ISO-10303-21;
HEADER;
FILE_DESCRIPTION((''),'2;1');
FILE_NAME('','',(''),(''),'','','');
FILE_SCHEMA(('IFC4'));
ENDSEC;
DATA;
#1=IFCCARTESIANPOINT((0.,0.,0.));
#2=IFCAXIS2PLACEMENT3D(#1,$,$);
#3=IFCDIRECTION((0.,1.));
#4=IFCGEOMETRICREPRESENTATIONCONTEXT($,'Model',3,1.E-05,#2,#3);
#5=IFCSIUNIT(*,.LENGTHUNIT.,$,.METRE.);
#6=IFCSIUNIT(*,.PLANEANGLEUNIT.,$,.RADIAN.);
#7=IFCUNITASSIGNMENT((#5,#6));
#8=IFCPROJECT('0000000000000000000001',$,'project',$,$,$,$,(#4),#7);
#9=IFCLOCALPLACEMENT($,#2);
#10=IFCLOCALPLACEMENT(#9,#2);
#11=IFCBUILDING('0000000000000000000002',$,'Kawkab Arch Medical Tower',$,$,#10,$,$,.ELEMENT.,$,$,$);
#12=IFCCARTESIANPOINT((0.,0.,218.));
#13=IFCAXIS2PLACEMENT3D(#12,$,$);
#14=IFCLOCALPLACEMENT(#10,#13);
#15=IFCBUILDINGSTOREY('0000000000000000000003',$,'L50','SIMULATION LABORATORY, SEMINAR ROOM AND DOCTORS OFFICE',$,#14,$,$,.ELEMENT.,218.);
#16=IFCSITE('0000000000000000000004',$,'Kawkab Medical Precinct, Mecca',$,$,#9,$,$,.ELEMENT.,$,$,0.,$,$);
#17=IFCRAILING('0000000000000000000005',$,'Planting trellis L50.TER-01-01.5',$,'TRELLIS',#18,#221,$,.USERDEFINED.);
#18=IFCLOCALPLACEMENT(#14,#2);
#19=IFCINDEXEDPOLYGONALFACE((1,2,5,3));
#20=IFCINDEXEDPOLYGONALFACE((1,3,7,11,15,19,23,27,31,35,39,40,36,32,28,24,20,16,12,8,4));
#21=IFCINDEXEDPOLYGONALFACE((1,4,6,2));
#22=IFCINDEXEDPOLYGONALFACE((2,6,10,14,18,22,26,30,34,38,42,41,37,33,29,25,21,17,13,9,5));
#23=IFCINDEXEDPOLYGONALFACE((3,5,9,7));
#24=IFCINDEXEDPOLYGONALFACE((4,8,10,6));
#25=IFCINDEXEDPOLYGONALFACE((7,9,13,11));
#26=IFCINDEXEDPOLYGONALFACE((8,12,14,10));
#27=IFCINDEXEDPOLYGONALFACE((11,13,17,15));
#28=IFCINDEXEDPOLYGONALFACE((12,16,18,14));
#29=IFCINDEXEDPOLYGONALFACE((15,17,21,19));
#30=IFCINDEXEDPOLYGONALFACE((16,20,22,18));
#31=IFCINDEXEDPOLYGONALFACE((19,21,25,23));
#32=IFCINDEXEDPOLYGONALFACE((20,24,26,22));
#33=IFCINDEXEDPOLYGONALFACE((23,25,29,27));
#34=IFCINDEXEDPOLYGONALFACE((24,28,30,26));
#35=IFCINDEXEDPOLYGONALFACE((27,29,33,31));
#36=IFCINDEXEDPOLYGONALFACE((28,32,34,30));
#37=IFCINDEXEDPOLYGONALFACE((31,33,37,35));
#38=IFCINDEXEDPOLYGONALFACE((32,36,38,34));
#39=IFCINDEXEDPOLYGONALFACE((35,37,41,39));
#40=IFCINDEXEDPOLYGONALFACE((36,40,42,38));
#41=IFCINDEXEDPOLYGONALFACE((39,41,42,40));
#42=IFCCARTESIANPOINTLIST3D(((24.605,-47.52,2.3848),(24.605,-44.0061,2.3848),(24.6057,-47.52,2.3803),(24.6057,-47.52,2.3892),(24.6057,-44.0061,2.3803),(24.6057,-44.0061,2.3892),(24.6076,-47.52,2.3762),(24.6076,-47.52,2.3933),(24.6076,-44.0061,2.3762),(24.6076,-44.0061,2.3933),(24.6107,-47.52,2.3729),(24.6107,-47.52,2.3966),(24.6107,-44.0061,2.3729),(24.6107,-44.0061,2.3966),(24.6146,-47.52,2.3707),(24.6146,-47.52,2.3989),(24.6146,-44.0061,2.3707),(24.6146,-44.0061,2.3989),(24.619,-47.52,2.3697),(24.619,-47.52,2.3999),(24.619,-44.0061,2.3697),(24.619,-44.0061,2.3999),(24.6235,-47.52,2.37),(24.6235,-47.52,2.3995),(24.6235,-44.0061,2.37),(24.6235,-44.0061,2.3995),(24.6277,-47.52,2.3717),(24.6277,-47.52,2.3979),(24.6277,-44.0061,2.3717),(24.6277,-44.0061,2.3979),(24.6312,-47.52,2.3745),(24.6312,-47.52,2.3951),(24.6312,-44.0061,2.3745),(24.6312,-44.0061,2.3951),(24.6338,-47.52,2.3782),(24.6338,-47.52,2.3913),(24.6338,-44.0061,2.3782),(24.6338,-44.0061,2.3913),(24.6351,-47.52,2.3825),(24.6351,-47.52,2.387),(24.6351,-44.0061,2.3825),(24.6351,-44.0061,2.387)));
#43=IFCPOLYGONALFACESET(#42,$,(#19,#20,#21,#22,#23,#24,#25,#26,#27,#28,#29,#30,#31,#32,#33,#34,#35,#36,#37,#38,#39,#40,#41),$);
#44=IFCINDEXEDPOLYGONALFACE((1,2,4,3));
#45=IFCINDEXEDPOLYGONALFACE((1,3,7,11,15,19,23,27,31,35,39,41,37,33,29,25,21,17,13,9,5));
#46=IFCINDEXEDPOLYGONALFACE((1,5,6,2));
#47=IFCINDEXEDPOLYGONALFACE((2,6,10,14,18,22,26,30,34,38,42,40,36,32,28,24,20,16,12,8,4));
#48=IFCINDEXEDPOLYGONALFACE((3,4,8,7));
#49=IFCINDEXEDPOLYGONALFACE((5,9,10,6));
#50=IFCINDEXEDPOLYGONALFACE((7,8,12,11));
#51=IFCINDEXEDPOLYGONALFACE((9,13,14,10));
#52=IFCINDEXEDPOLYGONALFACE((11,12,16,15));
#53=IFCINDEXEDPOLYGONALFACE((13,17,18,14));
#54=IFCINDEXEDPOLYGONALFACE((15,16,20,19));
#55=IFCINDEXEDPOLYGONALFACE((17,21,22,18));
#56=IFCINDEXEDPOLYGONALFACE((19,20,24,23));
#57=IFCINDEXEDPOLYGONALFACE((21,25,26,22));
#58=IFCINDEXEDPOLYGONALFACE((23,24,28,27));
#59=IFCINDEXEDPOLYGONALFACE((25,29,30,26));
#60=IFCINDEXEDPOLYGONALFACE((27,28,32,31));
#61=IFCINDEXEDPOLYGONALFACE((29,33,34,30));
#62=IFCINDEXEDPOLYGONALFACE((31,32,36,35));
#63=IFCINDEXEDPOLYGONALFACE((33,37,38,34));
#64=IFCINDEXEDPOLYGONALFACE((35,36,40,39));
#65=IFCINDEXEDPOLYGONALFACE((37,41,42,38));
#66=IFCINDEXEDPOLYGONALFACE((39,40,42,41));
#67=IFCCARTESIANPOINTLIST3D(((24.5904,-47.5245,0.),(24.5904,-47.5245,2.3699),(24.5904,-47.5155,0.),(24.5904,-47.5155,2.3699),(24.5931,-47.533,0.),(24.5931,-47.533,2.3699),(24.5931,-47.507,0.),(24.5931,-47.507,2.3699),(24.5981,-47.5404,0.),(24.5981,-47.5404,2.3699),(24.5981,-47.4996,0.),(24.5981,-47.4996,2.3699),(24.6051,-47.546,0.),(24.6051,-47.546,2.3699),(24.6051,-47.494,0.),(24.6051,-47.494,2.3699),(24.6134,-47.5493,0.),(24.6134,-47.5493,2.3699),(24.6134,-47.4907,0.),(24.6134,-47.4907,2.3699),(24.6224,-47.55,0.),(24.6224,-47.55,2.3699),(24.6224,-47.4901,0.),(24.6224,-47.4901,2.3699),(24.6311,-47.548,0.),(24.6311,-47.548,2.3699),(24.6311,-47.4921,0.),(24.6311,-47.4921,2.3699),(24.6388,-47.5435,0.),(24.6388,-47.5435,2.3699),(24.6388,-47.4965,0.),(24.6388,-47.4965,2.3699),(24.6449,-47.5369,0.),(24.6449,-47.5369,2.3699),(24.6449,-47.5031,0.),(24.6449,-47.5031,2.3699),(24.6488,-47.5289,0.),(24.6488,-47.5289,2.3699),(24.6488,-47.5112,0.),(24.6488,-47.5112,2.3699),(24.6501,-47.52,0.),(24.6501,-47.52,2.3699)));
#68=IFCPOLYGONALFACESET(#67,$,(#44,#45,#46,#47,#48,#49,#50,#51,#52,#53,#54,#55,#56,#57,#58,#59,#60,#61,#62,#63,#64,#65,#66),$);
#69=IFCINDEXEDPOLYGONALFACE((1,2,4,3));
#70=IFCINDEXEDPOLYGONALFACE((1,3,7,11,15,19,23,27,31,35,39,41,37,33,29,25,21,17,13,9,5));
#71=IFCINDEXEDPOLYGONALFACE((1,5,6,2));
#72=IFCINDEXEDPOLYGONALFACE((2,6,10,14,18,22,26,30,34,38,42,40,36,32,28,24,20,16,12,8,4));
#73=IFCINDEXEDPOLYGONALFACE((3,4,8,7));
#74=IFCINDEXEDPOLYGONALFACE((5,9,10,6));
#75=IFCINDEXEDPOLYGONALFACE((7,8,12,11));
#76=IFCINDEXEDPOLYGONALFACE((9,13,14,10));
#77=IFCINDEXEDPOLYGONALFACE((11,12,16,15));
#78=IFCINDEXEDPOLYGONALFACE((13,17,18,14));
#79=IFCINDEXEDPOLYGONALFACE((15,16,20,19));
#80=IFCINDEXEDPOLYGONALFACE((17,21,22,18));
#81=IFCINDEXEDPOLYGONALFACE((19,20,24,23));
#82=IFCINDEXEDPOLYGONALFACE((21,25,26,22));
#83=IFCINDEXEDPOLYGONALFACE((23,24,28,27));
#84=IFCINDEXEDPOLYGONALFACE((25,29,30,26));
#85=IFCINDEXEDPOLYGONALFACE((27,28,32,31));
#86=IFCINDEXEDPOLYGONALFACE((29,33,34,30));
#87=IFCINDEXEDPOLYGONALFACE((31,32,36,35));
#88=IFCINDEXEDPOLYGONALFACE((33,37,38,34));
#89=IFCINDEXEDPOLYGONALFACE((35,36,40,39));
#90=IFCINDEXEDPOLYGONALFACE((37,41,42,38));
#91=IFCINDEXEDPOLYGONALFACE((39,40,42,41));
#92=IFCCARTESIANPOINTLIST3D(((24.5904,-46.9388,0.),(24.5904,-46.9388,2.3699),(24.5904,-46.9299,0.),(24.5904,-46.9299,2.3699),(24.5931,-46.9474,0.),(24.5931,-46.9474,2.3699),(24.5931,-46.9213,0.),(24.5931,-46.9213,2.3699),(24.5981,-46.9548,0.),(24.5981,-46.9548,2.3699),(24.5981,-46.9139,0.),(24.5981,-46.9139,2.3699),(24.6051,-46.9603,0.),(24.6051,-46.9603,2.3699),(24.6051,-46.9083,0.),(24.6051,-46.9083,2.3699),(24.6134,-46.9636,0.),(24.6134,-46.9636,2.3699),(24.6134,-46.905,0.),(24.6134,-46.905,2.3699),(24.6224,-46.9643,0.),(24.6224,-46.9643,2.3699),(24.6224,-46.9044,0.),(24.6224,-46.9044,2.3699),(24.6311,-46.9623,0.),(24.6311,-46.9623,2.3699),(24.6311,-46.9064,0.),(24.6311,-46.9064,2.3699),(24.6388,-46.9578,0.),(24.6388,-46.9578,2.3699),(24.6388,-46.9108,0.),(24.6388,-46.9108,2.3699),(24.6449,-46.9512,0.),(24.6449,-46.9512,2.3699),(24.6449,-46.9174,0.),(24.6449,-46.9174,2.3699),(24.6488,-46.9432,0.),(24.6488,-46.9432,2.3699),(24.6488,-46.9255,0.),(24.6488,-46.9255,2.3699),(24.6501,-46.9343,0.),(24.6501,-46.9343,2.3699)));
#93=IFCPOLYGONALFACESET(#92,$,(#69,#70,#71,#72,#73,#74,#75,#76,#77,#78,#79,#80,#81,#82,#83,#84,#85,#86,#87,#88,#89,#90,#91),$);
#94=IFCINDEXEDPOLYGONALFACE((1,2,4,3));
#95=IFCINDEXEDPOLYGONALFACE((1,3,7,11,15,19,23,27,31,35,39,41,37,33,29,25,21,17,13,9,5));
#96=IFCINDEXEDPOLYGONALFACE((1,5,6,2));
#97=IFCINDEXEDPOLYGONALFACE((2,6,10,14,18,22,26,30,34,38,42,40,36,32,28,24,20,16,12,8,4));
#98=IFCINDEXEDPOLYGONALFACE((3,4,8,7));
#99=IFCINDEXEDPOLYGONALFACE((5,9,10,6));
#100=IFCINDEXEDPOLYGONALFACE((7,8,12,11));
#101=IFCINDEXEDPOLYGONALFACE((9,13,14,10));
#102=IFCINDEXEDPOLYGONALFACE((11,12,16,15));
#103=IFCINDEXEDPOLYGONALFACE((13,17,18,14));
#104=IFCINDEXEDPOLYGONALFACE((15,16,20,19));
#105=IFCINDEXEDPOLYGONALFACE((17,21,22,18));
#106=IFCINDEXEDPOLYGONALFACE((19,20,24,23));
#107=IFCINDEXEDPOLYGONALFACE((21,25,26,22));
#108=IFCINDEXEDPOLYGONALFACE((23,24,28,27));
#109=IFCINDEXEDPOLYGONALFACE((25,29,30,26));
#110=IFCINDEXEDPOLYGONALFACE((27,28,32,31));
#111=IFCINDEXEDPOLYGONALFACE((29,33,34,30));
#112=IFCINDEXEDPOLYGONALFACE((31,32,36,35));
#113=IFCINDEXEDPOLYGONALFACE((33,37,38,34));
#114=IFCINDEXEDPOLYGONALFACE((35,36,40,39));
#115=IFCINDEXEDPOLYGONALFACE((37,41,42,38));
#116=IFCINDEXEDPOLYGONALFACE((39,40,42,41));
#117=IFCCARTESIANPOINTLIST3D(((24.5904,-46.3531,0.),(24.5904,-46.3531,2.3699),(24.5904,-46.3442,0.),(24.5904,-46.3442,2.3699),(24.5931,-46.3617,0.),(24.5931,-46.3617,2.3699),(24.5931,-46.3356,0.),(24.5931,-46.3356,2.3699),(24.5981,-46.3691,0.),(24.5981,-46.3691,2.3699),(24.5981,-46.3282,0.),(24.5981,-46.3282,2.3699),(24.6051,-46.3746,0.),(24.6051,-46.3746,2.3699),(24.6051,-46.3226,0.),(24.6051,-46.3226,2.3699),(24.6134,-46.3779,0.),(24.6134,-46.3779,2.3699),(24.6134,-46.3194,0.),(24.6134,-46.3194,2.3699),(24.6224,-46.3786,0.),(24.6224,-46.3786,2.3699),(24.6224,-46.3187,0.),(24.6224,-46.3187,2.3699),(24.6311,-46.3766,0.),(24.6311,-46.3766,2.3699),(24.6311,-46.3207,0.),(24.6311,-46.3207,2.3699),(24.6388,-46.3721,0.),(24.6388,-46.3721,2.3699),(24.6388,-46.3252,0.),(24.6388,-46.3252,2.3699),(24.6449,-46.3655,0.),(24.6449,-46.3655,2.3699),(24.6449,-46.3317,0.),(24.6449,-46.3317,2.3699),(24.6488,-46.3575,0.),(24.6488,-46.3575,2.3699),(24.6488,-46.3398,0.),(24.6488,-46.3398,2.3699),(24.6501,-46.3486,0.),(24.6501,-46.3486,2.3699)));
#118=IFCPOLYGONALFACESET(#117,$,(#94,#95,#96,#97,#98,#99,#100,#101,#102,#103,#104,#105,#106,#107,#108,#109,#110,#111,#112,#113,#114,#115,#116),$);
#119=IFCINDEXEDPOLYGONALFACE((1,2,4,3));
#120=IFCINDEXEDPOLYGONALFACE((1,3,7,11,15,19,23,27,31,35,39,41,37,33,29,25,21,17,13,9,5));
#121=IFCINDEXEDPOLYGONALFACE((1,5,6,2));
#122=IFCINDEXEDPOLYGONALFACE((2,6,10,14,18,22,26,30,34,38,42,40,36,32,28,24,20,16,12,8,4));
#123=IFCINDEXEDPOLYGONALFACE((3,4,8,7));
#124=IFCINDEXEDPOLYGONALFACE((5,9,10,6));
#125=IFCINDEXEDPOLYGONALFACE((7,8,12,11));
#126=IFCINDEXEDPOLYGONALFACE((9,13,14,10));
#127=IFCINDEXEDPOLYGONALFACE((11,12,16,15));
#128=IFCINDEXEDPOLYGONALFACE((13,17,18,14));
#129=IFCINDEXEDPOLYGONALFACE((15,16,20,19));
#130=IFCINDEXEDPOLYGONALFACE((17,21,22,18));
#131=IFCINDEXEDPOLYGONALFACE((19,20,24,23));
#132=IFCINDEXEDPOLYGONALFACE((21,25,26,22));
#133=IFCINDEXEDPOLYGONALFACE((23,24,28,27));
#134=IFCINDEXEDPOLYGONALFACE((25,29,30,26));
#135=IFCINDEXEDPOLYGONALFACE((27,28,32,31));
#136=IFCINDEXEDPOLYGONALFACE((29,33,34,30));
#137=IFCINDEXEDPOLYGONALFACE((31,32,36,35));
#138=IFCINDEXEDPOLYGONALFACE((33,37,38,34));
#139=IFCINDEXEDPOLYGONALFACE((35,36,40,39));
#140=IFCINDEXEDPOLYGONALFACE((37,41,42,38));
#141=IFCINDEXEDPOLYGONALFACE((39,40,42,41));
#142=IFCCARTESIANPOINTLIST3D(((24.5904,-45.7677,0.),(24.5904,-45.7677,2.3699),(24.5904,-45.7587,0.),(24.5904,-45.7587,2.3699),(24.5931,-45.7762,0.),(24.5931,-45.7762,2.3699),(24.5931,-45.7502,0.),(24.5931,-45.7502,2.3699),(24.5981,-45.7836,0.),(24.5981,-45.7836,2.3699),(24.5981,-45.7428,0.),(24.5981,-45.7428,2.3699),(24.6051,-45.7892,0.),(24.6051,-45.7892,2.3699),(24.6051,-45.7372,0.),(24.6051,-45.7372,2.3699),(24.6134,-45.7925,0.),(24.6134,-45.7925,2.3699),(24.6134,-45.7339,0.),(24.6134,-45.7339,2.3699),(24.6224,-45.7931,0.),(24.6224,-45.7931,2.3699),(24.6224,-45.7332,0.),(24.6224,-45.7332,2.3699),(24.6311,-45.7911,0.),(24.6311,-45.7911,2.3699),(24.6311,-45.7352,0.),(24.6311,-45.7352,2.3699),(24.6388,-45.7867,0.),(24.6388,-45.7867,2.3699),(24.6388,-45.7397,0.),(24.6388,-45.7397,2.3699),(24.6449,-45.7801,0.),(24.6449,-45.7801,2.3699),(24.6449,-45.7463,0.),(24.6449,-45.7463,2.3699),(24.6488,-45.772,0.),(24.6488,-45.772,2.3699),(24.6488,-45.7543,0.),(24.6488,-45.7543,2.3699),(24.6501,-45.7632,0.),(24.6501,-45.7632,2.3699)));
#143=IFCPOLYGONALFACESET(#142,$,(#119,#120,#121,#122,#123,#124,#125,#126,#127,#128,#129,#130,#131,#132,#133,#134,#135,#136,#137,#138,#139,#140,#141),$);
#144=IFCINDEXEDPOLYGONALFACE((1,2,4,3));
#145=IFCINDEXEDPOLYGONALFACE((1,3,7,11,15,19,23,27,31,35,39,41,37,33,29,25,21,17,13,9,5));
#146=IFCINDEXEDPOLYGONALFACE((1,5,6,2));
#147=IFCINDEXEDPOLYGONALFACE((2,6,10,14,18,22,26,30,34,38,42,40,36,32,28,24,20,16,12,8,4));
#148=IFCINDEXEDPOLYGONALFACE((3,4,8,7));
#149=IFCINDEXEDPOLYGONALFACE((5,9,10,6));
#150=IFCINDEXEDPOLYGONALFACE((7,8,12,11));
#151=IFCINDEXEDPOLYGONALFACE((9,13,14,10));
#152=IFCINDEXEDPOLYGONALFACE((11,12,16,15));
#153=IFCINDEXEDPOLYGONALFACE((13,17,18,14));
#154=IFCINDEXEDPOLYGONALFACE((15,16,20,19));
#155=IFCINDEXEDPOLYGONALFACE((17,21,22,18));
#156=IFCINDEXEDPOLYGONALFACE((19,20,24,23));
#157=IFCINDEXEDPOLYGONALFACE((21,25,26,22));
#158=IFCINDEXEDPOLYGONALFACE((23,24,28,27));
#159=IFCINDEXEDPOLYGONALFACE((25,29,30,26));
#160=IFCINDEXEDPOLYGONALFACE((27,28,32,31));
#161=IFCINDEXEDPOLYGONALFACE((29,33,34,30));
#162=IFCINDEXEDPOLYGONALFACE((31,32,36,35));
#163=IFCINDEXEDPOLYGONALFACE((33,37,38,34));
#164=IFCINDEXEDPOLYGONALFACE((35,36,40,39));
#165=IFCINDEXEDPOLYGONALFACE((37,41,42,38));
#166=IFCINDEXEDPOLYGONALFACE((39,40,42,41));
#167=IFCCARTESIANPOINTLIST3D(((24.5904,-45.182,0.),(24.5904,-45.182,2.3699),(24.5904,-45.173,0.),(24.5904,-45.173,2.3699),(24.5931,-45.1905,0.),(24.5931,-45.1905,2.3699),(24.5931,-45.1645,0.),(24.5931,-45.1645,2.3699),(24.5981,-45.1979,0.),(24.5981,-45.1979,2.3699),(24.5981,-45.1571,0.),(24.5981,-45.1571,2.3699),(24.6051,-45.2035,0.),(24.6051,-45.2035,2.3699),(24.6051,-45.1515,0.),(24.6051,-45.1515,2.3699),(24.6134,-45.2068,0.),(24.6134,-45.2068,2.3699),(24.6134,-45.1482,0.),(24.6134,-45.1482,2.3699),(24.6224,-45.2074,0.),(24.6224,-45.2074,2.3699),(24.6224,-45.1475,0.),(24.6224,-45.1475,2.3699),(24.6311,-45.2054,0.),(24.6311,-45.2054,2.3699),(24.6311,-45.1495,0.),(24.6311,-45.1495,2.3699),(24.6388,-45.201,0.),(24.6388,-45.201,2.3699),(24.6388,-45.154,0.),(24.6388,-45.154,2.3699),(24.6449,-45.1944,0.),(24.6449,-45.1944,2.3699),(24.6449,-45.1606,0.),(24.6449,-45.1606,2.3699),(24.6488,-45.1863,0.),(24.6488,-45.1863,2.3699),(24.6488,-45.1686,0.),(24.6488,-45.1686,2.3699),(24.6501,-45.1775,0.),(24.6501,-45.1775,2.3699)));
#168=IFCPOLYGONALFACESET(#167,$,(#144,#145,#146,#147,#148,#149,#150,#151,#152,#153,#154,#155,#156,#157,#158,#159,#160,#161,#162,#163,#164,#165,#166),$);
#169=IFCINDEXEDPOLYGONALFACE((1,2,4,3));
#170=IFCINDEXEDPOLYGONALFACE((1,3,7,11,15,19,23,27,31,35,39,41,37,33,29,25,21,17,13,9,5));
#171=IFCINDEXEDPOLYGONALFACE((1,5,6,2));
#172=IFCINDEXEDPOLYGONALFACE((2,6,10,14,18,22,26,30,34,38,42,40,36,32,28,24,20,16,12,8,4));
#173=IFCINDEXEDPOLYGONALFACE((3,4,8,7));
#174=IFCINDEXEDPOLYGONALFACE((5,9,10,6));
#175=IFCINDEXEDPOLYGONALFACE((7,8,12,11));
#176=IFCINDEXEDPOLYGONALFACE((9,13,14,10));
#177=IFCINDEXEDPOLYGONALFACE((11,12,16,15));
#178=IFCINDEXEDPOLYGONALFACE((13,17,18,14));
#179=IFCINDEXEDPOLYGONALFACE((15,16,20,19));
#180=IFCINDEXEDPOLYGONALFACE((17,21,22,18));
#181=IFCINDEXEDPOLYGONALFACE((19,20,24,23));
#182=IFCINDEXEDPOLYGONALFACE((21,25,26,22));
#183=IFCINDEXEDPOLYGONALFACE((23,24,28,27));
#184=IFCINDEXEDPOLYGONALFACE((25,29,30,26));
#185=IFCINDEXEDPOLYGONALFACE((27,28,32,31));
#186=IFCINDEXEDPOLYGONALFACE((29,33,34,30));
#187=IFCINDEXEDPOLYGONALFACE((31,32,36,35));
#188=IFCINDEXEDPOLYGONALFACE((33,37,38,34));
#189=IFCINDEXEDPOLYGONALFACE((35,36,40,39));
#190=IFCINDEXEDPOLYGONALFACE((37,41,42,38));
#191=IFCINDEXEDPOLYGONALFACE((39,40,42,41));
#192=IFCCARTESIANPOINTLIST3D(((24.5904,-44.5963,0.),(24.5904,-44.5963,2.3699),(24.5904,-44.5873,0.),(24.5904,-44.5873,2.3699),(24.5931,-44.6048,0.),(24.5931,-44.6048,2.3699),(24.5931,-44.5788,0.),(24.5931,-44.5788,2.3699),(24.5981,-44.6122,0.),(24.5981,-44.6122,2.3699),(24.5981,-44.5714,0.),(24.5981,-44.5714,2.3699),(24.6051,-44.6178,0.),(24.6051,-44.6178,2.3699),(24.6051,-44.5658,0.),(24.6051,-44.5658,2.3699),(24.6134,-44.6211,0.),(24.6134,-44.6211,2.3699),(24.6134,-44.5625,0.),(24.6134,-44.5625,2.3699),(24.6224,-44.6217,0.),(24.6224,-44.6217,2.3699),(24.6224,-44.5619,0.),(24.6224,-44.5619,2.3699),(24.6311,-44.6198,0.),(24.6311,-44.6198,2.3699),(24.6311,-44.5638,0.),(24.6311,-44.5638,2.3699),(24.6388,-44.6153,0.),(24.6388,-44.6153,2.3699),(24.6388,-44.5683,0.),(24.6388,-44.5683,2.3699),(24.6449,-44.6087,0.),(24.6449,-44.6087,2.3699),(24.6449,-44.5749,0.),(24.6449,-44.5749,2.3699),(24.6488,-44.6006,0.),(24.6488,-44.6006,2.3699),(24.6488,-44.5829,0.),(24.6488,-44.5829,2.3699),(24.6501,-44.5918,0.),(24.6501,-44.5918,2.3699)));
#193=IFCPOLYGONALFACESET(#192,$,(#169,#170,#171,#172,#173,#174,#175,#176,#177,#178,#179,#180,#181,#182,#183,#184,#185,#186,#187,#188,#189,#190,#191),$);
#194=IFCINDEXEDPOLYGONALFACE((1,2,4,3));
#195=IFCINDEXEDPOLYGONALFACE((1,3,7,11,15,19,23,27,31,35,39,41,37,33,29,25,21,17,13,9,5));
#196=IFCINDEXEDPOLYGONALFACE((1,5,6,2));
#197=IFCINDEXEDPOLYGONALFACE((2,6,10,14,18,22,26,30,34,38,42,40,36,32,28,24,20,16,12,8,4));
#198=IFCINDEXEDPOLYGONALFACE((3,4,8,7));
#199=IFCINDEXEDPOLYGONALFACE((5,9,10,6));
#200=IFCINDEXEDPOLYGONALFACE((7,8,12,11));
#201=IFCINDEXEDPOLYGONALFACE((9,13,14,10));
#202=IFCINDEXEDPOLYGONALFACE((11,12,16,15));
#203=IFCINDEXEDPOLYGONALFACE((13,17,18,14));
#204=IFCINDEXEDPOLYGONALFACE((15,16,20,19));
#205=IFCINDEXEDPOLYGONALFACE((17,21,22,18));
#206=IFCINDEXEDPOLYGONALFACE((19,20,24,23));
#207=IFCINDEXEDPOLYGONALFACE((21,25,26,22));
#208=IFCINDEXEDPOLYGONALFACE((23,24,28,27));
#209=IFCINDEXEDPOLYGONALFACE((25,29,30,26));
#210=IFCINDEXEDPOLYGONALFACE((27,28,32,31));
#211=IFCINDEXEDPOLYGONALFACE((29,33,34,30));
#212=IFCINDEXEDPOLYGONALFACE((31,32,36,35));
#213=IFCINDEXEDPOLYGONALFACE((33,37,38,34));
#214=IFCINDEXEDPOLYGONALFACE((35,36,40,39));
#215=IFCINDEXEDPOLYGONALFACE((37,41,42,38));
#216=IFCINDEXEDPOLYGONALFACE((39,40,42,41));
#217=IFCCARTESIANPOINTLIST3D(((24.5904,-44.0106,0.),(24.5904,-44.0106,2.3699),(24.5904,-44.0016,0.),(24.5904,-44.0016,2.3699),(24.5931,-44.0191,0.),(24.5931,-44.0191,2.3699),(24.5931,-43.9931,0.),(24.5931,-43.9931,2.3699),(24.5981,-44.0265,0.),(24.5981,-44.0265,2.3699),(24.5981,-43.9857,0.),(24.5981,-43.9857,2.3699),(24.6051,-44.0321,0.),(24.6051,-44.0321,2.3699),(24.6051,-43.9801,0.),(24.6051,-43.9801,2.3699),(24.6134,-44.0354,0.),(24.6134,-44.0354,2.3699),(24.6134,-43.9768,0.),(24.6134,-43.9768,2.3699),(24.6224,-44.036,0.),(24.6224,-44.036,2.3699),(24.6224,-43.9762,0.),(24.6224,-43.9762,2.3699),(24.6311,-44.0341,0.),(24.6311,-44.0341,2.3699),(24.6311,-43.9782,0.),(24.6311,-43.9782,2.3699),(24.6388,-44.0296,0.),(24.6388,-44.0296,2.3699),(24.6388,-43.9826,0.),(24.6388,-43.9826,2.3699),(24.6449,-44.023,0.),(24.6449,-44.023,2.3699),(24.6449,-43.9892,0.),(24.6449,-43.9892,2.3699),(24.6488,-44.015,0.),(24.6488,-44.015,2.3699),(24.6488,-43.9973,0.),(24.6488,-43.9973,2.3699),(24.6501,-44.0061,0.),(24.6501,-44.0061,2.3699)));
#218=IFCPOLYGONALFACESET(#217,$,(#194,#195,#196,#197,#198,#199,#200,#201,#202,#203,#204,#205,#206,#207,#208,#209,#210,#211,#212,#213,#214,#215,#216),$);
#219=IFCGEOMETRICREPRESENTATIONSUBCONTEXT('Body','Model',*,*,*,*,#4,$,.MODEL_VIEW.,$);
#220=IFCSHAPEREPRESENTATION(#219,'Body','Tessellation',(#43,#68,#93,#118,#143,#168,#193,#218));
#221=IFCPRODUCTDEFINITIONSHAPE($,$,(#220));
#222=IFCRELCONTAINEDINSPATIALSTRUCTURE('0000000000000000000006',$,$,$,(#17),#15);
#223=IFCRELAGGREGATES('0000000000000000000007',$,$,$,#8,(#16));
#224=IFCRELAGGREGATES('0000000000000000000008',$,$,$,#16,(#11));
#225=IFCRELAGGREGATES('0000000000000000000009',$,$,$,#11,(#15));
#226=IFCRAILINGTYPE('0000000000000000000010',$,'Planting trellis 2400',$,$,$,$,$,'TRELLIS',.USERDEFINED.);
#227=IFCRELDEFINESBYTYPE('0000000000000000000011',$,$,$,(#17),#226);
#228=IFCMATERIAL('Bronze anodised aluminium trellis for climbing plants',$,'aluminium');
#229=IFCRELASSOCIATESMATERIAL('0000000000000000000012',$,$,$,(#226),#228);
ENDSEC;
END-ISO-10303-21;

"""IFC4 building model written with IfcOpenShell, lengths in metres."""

from ifc_helpers import new_model, si_unit, direction, frame, origin, origin_2d, place, context, subcontext, project, spatial, circle, extrude, material, type_object, element, save


model = new_model("IFC4")

# Units and contexts
model_context = context("Model", 3, precision=1e-05, world=origin(), true_north=direction((0.0, 1.0)))
body_context = subcontext(model_context, "Body", "Model", "MODEL_VIEW")
ifc_project = project(units=[si_unit("LENGTHUNIT", "METRE"), si_unit("PLANEANGLEUNIT", "RADIAN")], contexts=[model_context])

# Site, building, storey
site_placement = place(None, origin())
site = spatial("IfcSite", under=ifc_project, at=site_placement, Name="Kawkab Medical Precinct, Mecca", CompositionType="ELEMENT", RefElevation=0.0)
building_placement = place(site_placement, origin())
building = spatial("IfcBuilding", under=site, at=building_placement, Name="Kawkab Arch Medical Tower", CompositionType="ELEMENT")
storey_placement = place(building_placement, frame((0.0, 0.0, 218.0)))
storey = spatial("IfcBuildingStorey", under=building, at=storey_placement, Name="L50", Description="SIMULATION LABORATORY, SEMINAR ROOM AND DOCTORS OFFICE", CompositionType="ELEMENT", Elevation=218.0)

# Railing
ifc_material_1 = material(Name="Bronze anodised aluminium trellis for climbing plants", Category="aluminium")
railing_type_1 = type_object("IfcRailingType", Name="Planting trellis 2400", ElementType="TRELLIS", PredefinedType="USERDEFINED", material=ifc_material_1)
railing_1_placement = place(storey_placement, frame((24.6201, -47.52, 0.0)))
element("IfcRailing", 1, at=railing_1_placement, inside=storey, type_object=railing_type_1, Name="Planting trellis L50.TER-01-01.5", ObjectType="TRELLIS", PredefinedType="USERDEFINED", context=body_context, shape_type="SweptSolid", body=[
    extrude(circle(Radius=0.0151, at=origin_2d()), frame((0.0, 0.0, 2.3848), z_axis=(0.0, 1.0, 0.0), x_axis=(-1.0, 0.0, 0.0)), (0.0, 0.0, 1.0), 3.5139),
    extrude(circle(Radius=0.03, at=origin_2d()), origin(), (0.0, 0.0, 1.0), 2.3699),
    extrude(circle(Radius=0.03, at=origin_2d()), frame((0.0, 0.5857, 0.0)), (0.0, 0.0, 1.0), 2.3699),
    extrude(circle(Radius=0.03, at=origin_2d()), frame((0.0, 1.1714, 0.0)), (0.0, 0.0, 1.0), 2.3699),
    extrude(circle(Radius=0.03, at=origin_2d()), frame((0.0, 1.7568, 0.0)), (0.0, 0.0, 1.0), 2.3699),
    extrude(circle(Radius=0.03, at=origin_2d()), frame((0.0, 2.3425, 0.0)), (0.0, 0.0, 1.0), 2.3699),
    extrude(circle(Radius=0.03, at=origin_2d()), frame((0.0, 2.9282, 0.0)), (0.0, 0.0, 1.0), 2.3699),
    extrude(circle(Radius=0.03, at=origin_2d()), frame((0.0, 3.5139, 0.0)), (0.0, 0.0, 1.0), 2.3699),
])

save(model, "model.ifc")
